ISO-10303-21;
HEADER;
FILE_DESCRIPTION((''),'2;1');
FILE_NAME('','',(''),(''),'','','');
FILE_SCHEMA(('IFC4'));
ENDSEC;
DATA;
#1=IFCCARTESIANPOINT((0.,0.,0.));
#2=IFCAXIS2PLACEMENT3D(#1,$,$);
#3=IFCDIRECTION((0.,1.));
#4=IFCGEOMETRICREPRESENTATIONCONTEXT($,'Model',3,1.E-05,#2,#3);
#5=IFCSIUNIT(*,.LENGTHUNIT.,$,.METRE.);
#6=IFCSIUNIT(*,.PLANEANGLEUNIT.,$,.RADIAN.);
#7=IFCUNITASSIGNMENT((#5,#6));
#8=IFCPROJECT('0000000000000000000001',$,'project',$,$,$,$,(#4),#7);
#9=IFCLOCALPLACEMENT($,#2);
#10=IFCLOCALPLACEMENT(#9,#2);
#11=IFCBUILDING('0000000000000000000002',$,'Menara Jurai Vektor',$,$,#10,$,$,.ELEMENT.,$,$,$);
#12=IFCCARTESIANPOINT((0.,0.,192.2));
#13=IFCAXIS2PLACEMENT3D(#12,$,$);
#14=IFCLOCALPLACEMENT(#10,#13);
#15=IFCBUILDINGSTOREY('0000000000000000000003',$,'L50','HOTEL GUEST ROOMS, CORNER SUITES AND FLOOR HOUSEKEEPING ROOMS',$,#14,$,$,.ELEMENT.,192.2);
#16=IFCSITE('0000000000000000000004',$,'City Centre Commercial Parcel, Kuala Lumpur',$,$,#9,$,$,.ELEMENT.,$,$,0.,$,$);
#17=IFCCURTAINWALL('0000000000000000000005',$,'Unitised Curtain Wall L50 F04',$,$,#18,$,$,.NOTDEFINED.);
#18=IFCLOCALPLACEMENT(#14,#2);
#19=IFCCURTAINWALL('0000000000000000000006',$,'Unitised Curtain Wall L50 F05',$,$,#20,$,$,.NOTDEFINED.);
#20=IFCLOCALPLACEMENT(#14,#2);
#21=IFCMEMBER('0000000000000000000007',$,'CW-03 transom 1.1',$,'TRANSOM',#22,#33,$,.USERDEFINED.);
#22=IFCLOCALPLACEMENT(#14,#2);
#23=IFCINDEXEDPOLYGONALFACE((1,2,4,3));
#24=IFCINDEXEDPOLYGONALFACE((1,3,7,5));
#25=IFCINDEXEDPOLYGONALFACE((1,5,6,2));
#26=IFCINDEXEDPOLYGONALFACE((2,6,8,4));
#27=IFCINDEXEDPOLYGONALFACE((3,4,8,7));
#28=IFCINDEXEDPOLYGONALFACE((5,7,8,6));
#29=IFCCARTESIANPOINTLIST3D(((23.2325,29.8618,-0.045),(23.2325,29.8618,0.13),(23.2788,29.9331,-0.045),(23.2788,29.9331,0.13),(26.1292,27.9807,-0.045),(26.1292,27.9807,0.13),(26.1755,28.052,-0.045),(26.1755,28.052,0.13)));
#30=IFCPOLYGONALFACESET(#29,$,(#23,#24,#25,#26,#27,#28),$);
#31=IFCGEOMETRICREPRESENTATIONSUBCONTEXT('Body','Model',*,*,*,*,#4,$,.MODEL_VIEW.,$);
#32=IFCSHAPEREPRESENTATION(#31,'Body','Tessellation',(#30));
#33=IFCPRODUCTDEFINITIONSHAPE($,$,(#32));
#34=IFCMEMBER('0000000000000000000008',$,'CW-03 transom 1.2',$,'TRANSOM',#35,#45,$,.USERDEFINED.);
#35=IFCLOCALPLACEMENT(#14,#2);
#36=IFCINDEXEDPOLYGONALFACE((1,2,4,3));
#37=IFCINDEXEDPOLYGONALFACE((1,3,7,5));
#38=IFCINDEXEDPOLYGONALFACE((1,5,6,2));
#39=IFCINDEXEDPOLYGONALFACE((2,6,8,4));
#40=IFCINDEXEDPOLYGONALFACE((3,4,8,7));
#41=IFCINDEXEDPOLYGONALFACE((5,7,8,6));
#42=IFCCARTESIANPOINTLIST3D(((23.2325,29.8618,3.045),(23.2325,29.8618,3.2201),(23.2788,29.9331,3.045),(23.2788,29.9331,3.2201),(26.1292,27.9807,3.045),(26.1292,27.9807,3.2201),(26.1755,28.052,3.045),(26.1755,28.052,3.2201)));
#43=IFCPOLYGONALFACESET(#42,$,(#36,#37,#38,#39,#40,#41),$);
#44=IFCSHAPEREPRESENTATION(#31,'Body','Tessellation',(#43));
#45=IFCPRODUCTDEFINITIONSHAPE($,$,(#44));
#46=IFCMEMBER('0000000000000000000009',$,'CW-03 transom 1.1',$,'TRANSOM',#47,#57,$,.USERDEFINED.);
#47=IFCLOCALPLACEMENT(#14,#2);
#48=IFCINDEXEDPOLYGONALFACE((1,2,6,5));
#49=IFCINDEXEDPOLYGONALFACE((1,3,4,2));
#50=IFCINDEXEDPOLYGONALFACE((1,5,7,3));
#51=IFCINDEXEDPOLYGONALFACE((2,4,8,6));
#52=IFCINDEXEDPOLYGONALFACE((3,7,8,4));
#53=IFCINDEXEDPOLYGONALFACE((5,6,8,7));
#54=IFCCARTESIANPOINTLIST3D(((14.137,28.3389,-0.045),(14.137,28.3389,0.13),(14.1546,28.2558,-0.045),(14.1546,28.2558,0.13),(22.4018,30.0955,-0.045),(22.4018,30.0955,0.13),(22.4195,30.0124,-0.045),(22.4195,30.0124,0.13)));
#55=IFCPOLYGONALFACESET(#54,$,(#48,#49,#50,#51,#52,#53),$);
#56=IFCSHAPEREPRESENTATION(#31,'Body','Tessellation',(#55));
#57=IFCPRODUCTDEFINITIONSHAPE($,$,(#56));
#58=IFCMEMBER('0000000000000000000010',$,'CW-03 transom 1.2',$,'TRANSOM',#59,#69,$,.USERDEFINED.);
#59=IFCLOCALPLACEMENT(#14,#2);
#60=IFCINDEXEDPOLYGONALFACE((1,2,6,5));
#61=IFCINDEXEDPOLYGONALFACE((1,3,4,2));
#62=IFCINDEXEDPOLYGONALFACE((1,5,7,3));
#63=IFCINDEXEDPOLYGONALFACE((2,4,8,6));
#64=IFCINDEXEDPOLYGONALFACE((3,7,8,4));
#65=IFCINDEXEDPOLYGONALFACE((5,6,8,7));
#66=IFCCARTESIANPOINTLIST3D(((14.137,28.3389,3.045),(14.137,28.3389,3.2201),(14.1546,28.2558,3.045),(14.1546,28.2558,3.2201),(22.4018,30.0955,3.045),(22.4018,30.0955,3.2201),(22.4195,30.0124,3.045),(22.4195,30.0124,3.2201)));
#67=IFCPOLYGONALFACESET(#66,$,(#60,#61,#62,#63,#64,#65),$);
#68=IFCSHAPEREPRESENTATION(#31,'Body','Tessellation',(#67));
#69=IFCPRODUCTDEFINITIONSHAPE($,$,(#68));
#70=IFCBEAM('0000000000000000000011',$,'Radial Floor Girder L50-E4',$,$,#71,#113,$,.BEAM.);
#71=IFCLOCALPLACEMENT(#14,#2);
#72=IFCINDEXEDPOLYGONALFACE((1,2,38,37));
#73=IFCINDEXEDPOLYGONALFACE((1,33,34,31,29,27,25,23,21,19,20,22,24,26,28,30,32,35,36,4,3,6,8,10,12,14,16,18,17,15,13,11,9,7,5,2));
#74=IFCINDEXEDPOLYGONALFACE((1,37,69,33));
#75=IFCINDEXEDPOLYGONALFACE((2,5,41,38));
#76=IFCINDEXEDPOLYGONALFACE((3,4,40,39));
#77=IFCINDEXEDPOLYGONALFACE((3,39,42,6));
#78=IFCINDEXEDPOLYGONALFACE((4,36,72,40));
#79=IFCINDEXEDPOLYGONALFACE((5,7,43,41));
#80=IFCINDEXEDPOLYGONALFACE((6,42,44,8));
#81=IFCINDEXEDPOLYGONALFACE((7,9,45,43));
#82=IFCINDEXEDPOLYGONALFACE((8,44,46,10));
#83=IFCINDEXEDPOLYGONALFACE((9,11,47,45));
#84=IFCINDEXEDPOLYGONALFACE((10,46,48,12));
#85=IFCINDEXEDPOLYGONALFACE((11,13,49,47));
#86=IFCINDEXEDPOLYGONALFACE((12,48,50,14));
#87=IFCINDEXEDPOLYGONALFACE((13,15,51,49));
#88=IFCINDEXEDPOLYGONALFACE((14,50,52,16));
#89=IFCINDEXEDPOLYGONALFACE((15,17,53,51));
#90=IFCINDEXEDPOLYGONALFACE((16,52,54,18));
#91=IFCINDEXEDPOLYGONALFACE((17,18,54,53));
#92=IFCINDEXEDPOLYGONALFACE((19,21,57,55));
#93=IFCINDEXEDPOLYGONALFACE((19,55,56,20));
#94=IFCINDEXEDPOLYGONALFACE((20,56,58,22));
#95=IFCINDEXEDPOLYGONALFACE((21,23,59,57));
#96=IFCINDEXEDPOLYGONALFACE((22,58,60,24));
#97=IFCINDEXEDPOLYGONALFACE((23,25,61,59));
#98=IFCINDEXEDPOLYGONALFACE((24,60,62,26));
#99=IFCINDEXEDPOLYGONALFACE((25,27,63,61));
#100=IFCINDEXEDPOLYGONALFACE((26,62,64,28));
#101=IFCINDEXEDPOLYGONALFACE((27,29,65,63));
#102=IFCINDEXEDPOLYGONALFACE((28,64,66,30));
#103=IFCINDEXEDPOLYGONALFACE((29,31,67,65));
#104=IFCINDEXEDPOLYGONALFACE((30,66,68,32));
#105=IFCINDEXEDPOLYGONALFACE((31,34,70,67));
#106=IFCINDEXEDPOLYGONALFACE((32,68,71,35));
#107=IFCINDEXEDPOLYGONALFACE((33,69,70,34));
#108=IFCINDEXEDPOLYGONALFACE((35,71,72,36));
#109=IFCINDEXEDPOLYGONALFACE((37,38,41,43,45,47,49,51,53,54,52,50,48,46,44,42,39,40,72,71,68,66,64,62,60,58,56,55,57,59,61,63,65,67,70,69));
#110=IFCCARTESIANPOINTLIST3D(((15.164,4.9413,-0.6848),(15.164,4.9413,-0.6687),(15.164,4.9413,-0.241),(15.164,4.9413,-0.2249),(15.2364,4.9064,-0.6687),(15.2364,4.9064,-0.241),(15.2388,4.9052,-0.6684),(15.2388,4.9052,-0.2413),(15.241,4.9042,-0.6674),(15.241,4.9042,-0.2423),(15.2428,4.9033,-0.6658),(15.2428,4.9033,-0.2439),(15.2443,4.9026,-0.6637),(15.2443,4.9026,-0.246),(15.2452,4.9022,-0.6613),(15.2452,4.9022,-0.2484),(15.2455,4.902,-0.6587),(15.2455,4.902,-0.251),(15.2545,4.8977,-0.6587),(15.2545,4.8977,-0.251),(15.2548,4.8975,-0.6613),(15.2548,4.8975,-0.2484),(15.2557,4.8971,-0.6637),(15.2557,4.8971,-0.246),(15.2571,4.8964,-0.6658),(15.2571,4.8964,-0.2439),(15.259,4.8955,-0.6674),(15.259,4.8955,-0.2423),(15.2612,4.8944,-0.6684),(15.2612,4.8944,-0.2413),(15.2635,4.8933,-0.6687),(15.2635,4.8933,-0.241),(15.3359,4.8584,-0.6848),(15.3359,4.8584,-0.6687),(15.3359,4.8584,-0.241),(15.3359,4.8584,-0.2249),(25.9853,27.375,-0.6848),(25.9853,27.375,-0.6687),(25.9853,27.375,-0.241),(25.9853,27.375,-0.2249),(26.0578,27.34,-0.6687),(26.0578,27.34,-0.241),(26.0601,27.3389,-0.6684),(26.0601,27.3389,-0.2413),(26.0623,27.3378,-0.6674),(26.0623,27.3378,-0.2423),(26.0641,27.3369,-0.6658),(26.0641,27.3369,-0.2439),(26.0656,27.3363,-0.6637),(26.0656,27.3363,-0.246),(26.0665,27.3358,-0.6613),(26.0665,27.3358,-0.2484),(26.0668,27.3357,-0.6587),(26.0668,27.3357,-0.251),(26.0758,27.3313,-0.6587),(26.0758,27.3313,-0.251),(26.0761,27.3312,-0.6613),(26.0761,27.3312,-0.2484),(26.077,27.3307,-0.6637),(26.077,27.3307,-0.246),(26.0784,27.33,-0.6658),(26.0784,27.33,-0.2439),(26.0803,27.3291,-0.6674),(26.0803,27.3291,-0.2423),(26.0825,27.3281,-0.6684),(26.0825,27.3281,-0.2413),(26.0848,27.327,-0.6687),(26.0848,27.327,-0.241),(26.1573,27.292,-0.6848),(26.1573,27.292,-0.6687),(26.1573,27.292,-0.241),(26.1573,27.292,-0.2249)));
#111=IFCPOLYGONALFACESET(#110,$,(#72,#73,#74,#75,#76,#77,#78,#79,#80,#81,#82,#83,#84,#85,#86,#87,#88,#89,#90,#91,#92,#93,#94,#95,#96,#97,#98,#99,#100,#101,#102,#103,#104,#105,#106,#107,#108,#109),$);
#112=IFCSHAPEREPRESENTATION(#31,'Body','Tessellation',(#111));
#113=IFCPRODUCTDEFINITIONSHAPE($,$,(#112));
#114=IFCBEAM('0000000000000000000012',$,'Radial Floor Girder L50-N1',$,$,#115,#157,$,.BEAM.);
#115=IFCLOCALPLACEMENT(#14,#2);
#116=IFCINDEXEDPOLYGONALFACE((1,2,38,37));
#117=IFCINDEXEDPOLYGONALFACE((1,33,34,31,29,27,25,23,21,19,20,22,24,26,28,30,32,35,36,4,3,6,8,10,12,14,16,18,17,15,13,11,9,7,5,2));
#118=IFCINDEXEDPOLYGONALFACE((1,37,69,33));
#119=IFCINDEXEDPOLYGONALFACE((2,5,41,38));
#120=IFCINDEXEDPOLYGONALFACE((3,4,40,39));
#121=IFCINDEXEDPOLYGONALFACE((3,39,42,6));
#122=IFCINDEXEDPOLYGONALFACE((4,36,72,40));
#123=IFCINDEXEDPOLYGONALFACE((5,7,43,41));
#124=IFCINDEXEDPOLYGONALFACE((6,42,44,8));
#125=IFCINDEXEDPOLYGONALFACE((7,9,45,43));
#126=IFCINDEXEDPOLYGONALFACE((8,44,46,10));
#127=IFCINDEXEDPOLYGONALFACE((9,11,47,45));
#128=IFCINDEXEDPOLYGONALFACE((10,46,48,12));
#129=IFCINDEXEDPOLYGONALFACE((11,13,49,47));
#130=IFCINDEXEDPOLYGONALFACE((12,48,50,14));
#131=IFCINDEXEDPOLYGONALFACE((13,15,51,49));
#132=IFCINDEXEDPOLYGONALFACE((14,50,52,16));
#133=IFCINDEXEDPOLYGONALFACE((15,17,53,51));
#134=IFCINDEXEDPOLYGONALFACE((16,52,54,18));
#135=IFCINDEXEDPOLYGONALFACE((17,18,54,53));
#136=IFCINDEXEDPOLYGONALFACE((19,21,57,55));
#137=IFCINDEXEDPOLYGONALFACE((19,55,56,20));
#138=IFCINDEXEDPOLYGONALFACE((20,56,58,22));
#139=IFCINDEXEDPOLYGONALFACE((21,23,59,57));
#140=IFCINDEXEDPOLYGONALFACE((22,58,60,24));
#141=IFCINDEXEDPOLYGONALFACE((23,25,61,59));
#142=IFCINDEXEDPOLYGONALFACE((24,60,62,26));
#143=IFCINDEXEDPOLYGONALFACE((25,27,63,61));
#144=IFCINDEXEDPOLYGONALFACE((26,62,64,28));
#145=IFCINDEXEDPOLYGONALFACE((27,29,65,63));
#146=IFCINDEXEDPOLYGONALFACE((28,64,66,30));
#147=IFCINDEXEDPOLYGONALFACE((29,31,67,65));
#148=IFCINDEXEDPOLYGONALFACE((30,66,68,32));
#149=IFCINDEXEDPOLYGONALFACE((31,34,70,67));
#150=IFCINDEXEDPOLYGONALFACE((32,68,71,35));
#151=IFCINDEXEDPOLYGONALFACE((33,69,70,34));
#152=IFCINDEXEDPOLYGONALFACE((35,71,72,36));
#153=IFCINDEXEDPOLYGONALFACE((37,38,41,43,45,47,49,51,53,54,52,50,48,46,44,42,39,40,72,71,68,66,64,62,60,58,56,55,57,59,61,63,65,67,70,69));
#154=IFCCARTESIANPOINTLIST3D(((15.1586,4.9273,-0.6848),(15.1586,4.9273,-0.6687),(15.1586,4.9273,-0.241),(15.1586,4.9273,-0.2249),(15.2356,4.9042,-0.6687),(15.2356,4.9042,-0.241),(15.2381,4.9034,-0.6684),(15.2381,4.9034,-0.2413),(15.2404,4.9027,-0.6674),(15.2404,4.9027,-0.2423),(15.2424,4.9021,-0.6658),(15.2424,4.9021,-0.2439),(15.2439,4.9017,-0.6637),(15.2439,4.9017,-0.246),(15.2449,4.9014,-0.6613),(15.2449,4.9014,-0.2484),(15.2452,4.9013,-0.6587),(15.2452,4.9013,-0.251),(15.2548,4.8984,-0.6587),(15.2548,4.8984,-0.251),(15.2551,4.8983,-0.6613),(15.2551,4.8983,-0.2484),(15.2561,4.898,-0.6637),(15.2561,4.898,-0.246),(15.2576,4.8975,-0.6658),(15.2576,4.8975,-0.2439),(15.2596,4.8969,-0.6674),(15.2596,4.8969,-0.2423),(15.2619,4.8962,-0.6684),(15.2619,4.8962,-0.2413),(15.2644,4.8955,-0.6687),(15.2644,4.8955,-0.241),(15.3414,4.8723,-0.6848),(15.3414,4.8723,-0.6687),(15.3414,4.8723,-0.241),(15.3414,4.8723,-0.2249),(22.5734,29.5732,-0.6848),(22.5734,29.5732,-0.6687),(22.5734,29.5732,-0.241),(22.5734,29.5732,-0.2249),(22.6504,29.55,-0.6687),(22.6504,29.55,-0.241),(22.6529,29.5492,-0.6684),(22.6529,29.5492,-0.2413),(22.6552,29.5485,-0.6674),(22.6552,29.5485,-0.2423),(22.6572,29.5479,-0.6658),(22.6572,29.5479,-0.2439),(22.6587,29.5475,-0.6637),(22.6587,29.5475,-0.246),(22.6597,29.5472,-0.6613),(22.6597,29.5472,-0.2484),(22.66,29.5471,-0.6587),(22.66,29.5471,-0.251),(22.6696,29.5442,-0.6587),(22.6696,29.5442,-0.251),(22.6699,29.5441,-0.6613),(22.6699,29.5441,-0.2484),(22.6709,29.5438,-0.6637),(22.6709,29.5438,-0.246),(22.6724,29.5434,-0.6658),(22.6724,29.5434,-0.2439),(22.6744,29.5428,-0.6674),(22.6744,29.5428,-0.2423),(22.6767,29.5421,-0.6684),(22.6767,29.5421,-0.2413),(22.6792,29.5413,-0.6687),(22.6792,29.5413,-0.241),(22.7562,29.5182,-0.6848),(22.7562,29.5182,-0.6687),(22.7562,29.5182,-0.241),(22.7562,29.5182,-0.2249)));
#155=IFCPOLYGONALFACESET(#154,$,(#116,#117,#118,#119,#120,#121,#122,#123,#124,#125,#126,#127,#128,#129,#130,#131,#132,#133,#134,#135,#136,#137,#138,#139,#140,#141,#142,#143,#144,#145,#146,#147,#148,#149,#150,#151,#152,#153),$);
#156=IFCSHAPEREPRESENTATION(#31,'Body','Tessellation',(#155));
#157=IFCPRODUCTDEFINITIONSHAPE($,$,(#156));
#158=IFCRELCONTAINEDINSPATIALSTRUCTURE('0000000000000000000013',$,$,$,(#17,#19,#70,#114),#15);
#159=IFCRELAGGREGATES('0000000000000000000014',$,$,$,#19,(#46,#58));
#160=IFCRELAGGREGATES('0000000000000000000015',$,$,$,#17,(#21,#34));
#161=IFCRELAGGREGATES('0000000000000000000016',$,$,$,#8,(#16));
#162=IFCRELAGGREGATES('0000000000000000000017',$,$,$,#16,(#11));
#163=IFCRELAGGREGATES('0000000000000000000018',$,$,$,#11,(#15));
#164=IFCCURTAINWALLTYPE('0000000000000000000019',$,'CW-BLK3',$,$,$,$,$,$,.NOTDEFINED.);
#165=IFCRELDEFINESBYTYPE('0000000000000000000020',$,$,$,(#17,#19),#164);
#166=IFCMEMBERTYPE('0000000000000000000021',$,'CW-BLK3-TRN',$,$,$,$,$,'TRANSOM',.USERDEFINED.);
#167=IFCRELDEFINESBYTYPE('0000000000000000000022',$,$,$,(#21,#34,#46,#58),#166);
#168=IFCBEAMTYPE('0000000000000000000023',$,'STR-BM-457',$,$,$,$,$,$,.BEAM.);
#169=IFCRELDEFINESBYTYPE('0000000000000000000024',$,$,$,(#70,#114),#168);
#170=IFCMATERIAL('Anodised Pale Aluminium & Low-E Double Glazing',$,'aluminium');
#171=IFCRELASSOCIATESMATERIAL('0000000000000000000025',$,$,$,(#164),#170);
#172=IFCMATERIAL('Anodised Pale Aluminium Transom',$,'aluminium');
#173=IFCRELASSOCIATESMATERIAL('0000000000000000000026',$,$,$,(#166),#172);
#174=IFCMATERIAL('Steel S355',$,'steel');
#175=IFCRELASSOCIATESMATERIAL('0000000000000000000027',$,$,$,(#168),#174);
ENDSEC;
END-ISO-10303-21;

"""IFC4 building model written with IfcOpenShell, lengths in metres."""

from ifc_helpers import new_model, si_unit, direction, frame, origin, origin_2d, place, context, subcontext, project, spatial, rectangle, i_section, extrude, material, material_profile, profile_set, type_object, element, aggregate, save


model = new_model("IFC4")

# Units and contexts
model_context = context("Model", 3, precision=1e-05, world=origin(), true_north=direction((0.0, 1.0)))
body_context = subcontext(model_context, "Body", "Model", "MODEL_VIEW")
ifc_project = project(units=[si_unit("LENGTHUNIT", "METRE"), si_unit("PLANEANGLEUNIT", "RADIAN")], contexts=[model_context])

# Site, building, storey
site_placement = place(None, origin())
site = spatial("IfcSite", under=ifc_project, at=site_placement, Name="City Centre Commercial Parcel, Kuala Lumpur", CompositionType="ELEMENT", RefElevation=0.0)
building_placement = place(site_placement, origin())
building = spatial("IfcBuilding", under=site, at=building_placement, Name="Menara Jurai Vektor", CompositionType="ELEMENT")
storey_placement = place(building_placement, frame((0.0, 0.0, 192.2)))
storey = spatial("IfcBuildingStorey", under=building, at=storey_placement, Name="L50", Description="HOTEL GUEST ROOMS, CORNER SUITES AND FLOOR HOUSEKEEPING ROOMS", CompositionType="ELEMENT", Elevation=192.2)

# Curtain wall
ifc_material_1 = material(Name="Anodised Pale Aluminium & Low-E Double Glazing", Category="aluminium")
curtain_wall_type = type_object("IfcCurtainWallType", Name="CW-BLK3", PredefinedType="NOTDEFINED", material=ifc_material_1)
curtain_wall_1_placement = place(storey_placement, origin())
curtain_wall_1 = element("IfcCurtainWall", 1, at=curtain_wall_1_placement, inside=storey, type_object=curtain_wall_type, Name="Unitised Curtain Wall L50 F04", PredefinedType="NOTDEFINED")

# Curtain wall
curtain_wall_2_placement = place(storey_placement, origin())
curtain_wall_2 = element("IfcCurtainWall", 2, at=curtain_wall_2_placement, inside=storey, type_object=curtain_wall_type, Name="Unitised Curtain Wall L50 F05", PredefinedType="NOTDEFINED")

# Members
ifc_material_2 = material(Name="Anodised Pale Aluminium Transom", Category="aluminium")
ifc_material_profile_1 = material_profile(ifc_material_2, rectangle(XDim=0.085, YDim=0.175, at=origin_2d()), Name="ALU TRN 85x175")
ifc_profile_set_1 = profile_set([ifc_material_profile_1], Name="Anodised Pale Aluminium Transom")
member_type_1 = type_object("IfcMemberType", Name="CW-BLK3-TRN", ElementType="TRANSOM", PredefinedType="USERDEFINED", material=ifc_profile_set_1)
member_1_placement = place(storey_placement, frame((26.1523, 28.0164, 0.0425), z_axis=(-0.838678, 0.544628, 0.0), x_axis=(-0.544628, -0.838678, 0.0)))
member_1 = element("IfcMember", 3, at=member_1_placement, type_object=member_type_1, Name="CW-03 transom 1.1", ObjectType="TRANSOM", PredefinedType="USERDEFINED", context=body_context, shape_type="SweptSolid", body=[
    extrude(rectangle(XDim=0.085, YDim=0.175, at=origin_2d()), origin(), (0.0, 0.0, 1.0), 3.4539),
])
member_2_placement = place(storey_placement, frame((26.1523, 28.0164, 3.1326), z_axis=(-0.838678, 0.544628, 0.0), x_axis=(-0.544628, -0.838678, 0.0)))
member_2 = element("IfcMember", 4, at=member_2_placement, type_object=member_type_1, Name="CW-03 transom 1.2", ObjectType="TRANSOM", PredefinedType="USERDEFINED", context=body_context, shape_type="SweptSolid", body=[
    extrude(rectangle(XDim=0.085, YDim=0.175, at=origin_2d()), origin(), (0.0, 0.0, 1.0), 3.4539),
])
member_3_placement = place(storey_placement, frame((22.4106, 30.054, 0.0425), z_axis=(-0.978152, -0.207893, 0.0), x_axis=(0.207893, -0.978152, 0.0)))
member_3 = element("IfcMember", 5, at=member_3_placement, type_object=member_type_1, Name="CW-03 transom 1.1", ObjectType="TRANSOM", PredefinedType="USERDEFINED", context=body_context, shape_type="SweptSolid", body=[
    extrude(rectangle(XDim=0.085, YDim=0.175, at=origin_2d()), origin(), (0.0, 0.0, 1.0), 8.4495),
])
member_4_placement = place(storey_placement, frame((22.4106, 30.054, 3.1326), z_axis=(-0.978152, -0.207893, 0.0), x_axis=(0.207893, -0.978152, 0.0)))
member_4 = element("IfcMember", 6, at=member_4_placement, type_object=member_type_1, Name="CW-03 transom 1.2", ObjectType="TRANSOM", PredefinedType="USERDEFINED", context=body_context, shape_type="SweptSolid", body=[
    extrude(rectangle(XDim=0.085, YDim=0.175, at=origin_2d()), origin(), (0.0, 0.0, 1.0), 8.4495),
])

# Beams
ifc_material_3 = material(Name="Steel S355", Category="steel")
ifc_material_profile_2 = material_profile(ifc_material_3, i_section(OverallWidth=0.1909, OverallDepth=0.46, WebThickness=0.01, FlangeThickness=0.0161, FilletRadius=0.01, at=origin_2d()), Name="UKB 457x191x82")
ifc_profile_set_2 = profile_set([ifc_material_profile_2], Name="Steel S355")
beam_type_1 = type_object("IfcBeamType", Name="STR-BM-457", PredefinedType="BEAM", material=ifc_profile_set_2)
beam_1_placement = place(storey_placement, frame((26.0713, 27.3335, -0.4548), z_axis=(-0.434465, -0.900689, 0.0), x_axis=(0.900689, -0.434465, 0.0)))
element("IfcBeam", 7, at=beam_1_placement, inside=storey, type_object=beam_type_1, Name="Radial Floor Girder L50-E4", PredefinedType="BEAM", context=body_context, shape_type="SweptSolid", body=[
    extrude(i_section(OverallWidth=0.1909, OverallDepth=0.46, WebThickness=0.01, FlangeThickness=0.0161, FilletRadius=0.01, at=origin_2d()), origin(), (0.0, 0.0, 1.0), 24.9072),
])
beam_2_placement = place(storey_placement, frame((22.6648, 29.5457, -0.4548), z_axis=(-0.288099, -0.957601, 0.0), x_axis=(0.957601, -0.288099, 0.0)))
element("IfcBeam", 8, at=beam_2_placement, inside=storey, type_object=beam_type_1, Name="Radial Floor Girder L50-N1", PredefinedType="BEAM", context=body_context, shape_type="SweptSolid", body=[
    extrude(i_section(OverallWidth=0.1909, OverallDepth=0.46, WebThickness=0.01, FlangeThickness=0.0161, FilletRadius=0.01, at=origin_2d()), origin(), (0.0, 0.0, 1.0), 25.7371),
])

aggregate(curtain_wall_2, [member_3, member_4])
aggregate(curtain_wall_1, [member_1, member_2])

save(model, "model.ifc")
